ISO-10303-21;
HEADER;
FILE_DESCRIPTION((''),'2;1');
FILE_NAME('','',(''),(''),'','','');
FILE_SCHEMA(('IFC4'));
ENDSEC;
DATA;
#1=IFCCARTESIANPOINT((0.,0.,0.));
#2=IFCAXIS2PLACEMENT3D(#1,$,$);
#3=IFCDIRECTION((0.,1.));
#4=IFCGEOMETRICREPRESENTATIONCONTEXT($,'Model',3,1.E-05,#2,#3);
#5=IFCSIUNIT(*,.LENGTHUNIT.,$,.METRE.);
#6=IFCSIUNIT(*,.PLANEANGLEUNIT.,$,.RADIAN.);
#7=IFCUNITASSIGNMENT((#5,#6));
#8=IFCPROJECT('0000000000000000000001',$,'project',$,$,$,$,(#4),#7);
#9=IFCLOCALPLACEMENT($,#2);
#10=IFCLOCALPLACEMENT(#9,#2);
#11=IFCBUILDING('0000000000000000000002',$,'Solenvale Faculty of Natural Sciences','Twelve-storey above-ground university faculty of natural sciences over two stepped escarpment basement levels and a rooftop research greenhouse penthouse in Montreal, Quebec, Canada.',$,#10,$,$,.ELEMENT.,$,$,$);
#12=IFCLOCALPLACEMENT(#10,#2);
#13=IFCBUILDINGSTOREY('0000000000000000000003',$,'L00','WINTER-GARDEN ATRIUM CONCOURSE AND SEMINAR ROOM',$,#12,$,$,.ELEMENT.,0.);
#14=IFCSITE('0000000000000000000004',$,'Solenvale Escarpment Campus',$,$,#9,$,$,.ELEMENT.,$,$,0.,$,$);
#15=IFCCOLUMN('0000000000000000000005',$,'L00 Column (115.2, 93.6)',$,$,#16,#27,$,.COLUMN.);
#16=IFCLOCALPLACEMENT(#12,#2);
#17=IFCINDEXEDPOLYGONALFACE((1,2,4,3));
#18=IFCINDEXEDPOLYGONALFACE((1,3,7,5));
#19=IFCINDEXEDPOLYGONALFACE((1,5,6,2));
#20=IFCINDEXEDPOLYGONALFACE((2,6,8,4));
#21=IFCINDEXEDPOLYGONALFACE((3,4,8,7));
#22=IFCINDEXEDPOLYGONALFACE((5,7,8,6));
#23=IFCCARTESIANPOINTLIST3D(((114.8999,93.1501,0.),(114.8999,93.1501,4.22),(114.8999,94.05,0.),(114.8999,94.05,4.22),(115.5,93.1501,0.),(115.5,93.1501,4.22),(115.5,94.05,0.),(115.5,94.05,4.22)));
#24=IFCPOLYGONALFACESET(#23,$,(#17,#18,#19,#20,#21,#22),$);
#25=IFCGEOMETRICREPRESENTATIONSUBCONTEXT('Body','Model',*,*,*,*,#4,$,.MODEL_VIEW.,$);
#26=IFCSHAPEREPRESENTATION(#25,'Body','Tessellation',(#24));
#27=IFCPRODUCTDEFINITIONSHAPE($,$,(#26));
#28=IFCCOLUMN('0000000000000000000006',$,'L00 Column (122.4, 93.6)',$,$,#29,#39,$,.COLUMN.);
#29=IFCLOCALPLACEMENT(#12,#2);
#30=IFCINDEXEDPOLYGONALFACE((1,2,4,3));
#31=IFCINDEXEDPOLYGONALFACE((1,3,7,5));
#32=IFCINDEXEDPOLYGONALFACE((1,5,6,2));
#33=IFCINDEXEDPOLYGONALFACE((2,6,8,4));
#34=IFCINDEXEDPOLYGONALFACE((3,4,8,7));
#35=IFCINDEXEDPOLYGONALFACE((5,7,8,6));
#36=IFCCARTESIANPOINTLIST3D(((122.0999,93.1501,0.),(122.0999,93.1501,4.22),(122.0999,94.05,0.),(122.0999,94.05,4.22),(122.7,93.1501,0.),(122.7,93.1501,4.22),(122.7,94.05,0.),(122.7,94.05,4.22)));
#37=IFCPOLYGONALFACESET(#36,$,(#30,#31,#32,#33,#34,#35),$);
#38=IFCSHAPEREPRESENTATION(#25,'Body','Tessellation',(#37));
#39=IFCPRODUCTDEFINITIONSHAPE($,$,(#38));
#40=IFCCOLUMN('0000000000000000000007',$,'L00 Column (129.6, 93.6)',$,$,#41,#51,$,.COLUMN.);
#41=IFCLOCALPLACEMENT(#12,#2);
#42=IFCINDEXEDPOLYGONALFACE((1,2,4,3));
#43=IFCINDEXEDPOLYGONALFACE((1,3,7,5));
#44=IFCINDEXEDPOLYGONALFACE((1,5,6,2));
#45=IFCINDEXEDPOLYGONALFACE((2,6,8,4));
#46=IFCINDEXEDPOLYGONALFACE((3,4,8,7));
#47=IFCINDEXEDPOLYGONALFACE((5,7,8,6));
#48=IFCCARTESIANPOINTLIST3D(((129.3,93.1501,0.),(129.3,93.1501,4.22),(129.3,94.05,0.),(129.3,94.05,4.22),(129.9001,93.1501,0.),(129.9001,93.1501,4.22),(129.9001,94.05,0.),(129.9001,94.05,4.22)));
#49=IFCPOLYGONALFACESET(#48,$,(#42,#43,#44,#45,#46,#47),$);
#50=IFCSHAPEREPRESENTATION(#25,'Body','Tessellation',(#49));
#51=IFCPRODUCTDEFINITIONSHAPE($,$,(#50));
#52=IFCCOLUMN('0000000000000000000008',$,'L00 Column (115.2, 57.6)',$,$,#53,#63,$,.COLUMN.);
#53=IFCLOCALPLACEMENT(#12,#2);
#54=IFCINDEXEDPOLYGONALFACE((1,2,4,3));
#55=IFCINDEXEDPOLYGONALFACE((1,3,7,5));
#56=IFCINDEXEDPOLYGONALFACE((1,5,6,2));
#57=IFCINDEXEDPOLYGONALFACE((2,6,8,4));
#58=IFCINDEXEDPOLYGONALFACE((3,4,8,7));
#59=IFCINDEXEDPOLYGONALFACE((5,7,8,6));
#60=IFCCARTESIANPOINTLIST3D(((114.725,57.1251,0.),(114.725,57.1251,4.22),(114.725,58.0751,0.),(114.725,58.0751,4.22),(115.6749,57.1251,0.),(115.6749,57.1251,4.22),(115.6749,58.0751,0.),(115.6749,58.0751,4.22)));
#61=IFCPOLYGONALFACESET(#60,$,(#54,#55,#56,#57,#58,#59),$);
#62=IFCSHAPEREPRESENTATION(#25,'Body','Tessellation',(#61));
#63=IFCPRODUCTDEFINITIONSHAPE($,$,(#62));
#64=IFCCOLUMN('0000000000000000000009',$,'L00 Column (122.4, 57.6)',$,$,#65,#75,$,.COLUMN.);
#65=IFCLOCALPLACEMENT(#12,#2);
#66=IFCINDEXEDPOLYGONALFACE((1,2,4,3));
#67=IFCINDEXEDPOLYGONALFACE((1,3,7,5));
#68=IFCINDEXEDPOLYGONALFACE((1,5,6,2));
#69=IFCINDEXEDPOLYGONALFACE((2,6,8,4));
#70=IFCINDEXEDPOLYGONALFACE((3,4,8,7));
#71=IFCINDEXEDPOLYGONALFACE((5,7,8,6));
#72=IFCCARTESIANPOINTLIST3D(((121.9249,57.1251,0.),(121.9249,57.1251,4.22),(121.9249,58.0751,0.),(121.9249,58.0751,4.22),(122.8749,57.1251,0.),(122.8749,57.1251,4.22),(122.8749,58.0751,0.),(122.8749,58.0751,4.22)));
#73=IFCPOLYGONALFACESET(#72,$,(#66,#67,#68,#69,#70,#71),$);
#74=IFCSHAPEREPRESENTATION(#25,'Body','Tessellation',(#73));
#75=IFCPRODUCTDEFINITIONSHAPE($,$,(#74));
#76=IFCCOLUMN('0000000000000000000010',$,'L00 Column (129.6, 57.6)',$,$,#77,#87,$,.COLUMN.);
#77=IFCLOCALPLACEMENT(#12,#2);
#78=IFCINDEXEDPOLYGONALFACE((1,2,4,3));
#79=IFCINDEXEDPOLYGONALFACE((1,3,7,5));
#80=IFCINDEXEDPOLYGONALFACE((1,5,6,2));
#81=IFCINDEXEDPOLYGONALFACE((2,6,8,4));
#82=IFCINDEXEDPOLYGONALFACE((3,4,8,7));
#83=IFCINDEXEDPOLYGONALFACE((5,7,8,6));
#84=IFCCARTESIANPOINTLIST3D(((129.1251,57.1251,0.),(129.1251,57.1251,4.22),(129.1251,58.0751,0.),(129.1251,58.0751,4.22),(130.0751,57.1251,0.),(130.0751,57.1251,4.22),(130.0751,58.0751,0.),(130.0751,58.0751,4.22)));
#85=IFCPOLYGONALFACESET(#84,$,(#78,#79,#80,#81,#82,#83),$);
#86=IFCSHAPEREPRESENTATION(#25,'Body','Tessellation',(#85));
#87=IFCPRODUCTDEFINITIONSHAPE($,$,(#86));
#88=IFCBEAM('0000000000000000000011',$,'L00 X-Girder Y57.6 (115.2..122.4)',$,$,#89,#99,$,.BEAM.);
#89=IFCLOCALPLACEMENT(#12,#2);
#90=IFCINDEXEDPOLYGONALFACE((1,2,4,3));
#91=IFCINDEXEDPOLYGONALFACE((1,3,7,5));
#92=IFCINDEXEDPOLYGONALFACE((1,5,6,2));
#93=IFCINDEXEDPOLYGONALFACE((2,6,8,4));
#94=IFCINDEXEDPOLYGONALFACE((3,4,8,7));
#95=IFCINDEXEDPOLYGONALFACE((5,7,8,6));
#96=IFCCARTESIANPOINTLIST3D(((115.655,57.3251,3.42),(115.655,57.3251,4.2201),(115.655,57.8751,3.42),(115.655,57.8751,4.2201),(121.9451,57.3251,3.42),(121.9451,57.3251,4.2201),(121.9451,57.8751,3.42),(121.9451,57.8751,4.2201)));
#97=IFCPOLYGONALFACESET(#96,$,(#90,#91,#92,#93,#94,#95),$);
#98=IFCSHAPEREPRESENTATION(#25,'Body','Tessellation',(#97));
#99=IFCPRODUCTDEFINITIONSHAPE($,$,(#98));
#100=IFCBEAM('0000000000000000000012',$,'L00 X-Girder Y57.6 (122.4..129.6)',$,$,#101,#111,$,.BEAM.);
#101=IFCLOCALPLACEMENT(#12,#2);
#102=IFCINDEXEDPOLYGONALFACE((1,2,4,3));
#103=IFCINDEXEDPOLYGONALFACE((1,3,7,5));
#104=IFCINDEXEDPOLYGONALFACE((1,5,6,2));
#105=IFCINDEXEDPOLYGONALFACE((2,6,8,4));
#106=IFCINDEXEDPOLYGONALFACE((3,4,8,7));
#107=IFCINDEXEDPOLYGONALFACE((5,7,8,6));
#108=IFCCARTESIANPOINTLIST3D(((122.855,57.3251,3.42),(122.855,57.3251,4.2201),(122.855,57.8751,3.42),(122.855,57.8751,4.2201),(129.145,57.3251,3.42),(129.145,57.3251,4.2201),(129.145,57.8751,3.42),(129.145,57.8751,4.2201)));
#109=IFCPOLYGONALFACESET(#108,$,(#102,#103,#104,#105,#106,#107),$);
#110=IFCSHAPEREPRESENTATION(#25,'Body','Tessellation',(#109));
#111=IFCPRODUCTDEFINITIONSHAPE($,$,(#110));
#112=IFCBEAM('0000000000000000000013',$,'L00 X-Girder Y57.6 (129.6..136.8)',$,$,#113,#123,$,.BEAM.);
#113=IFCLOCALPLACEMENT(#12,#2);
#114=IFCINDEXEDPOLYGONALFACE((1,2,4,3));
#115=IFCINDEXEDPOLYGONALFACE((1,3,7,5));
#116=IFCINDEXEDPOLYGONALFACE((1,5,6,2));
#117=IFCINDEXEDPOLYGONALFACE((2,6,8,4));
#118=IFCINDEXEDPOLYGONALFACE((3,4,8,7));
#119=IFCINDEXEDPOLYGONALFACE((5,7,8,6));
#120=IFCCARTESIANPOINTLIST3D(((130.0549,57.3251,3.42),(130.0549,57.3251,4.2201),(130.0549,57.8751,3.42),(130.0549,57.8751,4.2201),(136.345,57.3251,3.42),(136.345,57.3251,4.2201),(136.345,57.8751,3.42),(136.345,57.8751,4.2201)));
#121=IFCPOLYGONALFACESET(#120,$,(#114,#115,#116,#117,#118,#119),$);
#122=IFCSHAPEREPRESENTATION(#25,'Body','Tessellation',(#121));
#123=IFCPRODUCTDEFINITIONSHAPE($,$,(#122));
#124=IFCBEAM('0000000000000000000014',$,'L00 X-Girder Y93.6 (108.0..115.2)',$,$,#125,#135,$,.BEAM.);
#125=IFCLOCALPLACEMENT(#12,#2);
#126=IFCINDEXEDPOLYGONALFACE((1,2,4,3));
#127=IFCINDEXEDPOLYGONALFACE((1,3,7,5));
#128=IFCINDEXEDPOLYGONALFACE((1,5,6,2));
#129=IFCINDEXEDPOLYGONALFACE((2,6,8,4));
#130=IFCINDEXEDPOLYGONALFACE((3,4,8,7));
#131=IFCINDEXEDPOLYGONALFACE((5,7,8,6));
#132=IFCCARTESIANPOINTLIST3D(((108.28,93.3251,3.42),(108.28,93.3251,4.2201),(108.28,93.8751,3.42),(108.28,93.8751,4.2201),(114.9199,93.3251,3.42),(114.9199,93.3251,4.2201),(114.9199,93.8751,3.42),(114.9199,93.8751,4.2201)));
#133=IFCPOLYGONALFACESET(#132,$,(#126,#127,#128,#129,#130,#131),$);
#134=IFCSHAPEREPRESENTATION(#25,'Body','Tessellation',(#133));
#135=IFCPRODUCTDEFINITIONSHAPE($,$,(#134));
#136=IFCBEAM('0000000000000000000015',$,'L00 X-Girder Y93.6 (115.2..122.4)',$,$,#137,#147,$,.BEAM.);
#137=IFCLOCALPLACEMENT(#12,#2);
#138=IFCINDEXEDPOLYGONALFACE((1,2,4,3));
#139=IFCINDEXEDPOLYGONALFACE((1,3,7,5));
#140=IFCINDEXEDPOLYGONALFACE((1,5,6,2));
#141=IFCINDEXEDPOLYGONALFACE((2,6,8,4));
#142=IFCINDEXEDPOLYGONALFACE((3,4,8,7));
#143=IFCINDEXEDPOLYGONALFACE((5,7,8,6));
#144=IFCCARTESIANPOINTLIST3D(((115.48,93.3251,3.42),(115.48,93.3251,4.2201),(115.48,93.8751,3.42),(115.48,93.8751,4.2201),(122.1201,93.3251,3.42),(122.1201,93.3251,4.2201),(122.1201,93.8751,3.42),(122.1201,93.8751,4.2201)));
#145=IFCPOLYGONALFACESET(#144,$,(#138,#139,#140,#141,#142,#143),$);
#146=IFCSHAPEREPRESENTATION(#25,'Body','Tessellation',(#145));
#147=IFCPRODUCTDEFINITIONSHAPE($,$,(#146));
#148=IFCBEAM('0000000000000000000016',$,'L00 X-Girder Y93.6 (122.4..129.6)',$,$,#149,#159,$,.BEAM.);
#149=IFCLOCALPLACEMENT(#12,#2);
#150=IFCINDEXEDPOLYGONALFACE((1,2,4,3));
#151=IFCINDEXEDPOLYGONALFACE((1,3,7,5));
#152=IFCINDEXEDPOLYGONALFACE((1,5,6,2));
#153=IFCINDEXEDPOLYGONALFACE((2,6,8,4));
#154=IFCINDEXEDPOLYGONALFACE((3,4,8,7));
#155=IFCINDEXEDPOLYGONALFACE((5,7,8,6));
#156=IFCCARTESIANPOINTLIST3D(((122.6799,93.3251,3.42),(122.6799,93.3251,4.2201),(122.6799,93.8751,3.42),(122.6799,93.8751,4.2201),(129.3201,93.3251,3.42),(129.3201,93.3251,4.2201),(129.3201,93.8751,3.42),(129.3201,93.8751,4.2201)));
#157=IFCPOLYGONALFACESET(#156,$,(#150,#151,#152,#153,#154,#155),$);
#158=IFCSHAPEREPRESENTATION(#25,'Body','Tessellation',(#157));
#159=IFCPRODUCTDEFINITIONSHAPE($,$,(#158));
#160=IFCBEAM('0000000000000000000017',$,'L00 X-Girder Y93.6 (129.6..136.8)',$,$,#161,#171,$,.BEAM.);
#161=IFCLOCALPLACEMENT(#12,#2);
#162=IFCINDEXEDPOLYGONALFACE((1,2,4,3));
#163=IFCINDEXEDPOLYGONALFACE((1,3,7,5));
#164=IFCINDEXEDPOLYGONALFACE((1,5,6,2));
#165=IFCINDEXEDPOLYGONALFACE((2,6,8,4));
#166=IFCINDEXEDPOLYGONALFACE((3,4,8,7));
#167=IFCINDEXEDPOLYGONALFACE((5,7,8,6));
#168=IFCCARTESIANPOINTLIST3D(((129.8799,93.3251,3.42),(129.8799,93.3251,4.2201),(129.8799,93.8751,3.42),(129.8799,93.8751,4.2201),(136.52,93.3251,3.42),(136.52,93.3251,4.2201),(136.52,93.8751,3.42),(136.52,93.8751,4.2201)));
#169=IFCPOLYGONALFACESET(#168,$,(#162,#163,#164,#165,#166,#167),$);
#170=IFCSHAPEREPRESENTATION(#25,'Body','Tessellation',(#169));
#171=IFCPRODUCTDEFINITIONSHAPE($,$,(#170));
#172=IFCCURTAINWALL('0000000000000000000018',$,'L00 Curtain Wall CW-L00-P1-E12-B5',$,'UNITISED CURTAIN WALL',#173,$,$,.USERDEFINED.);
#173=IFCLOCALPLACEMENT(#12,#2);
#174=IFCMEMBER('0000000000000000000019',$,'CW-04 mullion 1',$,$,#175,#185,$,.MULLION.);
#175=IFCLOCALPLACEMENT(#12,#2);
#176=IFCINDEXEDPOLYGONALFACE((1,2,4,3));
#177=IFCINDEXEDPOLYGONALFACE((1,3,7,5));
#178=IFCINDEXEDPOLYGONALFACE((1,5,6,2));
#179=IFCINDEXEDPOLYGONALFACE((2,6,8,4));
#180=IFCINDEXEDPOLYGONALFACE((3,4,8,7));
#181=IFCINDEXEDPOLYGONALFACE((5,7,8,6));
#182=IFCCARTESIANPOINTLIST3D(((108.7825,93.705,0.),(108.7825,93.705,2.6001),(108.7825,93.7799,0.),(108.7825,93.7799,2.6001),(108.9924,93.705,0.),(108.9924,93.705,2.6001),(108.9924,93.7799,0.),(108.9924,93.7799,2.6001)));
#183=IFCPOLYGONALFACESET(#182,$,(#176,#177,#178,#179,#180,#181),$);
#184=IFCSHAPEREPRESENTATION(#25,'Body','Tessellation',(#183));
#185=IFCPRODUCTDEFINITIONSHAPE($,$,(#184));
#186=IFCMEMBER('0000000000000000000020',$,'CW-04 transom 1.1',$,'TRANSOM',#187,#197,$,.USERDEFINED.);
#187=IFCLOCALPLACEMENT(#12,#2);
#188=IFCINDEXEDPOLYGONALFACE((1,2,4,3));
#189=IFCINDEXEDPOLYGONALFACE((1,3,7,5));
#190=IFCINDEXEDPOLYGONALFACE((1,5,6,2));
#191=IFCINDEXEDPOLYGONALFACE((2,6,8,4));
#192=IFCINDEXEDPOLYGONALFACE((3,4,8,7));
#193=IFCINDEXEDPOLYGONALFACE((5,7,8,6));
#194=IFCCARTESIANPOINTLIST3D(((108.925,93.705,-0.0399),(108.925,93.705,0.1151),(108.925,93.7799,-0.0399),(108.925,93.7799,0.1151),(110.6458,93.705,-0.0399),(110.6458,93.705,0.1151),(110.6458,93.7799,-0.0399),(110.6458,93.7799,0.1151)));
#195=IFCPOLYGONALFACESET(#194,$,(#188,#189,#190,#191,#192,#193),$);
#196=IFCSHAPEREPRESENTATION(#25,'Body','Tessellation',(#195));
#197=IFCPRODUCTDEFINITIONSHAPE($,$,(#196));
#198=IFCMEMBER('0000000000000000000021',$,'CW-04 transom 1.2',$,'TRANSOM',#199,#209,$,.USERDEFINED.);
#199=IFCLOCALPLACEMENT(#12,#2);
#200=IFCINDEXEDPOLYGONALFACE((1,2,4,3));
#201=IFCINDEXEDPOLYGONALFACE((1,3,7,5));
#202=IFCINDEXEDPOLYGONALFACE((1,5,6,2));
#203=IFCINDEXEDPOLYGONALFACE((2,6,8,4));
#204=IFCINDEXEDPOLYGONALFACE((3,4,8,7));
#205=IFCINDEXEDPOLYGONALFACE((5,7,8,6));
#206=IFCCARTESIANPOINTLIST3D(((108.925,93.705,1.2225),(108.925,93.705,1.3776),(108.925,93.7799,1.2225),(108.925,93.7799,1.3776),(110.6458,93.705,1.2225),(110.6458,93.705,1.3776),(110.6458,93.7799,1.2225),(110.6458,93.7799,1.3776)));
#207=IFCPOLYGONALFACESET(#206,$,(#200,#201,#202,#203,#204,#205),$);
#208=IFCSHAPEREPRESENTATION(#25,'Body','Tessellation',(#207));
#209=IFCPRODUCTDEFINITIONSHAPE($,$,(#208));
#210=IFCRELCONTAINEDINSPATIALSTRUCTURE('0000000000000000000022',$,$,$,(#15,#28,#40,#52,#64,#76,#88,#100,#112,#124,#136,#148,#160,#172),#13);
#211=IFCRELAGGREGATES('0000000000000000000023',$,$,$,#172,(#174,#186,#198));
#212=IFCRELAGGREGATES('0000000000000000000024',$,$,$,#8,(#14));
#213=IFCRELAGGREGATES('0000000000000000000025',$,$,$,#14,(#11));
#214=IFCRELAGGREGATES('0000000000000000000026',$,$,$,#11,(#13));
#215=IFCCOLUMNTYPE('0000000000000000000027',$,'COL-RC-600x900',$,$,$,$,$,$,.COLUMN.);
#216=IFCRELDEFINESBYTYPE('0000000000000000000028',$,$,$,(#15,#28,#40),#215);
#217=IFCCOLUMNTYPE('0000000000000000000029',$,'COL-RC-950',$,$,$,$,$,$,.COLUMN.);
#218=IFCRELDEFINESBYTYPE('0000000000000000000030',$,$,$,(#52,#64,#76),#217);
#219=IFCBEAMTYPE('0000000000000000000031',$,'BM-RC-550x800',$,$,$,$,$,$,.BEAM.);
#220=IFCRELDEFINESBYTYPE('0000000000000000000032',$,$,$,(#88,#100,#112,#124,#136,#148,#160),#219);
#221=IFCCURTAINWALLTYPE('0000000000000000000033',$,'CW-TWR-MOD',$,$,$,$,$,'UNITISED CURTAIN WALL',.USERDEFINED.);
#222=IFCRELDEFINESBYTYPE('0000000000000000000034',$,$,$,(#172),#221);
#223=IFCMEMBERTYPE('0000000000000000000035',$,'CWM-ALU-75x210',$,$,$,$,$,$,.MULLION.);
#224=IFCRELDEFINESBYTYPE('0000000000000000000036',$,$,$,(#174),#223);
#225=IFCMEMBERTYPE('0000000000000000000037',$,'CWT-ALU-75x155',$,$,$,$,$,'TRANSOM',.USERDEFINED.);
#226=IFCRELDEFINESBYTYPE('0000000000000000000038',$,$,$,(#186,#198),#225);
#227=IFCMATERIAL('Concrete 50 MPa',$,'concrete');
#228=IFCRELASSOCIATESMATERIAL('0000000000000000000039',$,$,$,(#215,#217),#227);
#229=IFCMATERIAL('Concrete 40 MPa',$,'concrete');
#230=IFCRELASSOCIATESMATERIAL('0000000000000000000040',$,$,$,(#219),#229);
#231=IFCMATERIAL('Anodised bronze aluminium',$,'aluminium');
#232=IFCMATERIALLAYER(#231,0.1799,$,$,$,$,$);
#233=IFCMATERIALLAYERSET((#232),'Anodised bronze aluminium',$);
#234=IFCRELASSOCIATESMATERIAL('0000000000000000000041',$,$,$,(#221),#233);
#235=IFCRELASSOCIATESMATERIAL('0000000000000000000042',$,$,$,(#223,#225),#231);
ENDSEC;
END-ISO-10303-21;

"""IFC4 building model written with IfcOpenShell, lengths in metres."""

from ifc_helpers import new_model, si_unit, direction, frame, origin, origin_2d, place, context, subcontext, project, spatial, rectangle, extrude, material, layer, layer_set, material_profile, profile_set, type_object, element, aggregate, save


model = new_model("IFC4")

# Units and contexts
model_context = context("Model", 3, precision=1e-05, world=origin(), true_north=direction((0.0, 1.0)))
body_context = subcontext(model_context, "Body", "Model", "MODEL_VIEW")
ifc_project = project(units=[si_unit("LENGTHUNIT", "METRE"), si_unit("PLANEANGLEUNIT", "RADIAN")], contexts=[model_context])

# Site, building, storey
site_placement = place(None, origin())
site = spatial("IfcSite", under=ifc_project, at=site_placement, Name="Solenvale Escarpment Campus", CompositionType="ELEMENT", RefElevation=0.0)
building_placement = place(site_placement, origin())
building = spatial("IfcBuilding", under=site, at=building_placement, Name="Solenvale Faculty of Natural Sciences", Description="Twelve-storey above-ground university faculty of natural sciences over two stepped escarpment basement levels and a rooftop research greenhouse penthouse in Montreal, Quebec, Canada.", CompositionType="ELEMENT")
storey_placement = place(building_placement, origin())
storey = spatial("IfcBuildingStorey", under=building, at=storey_placement, Name="L00", Description="WINTER-GARDEN ATRIUM CONCOURSE AND SEMINAR ROOM", CompositionType="ELEMENT", Elevation=0.0)

# Columns
ifc_material_1 = material(Name="Concrete 50 MPa", Category="concrete")
ifc_material_profile_1 = material_profile(ifc_material_1, rectangle(XDim=0.6001, YDim=0.8999, at=origin_2d()), Name="RC-COL-600x900")
ifc_profile_set_1 = profile_set([ifc_material_profile_1], Name="Concrete 50 MPa")
column_type_1 = type_object("IfcColumnType", Name="COL-RC-600x900", PredefinedType="COLUMN", material=ifc_profile_set_1)
for number, where, z_axis, x_axis, name in (
    (1, (115.2, 93.6001, 0.0), (0.0, 0.0, 1.0), (1.0, 0.0, 0.0), "L00 Column (115.2, 93.6)"),
    (2, (122.3999, 93.6001, 0.0), (0.0, 0.0, 1.0), (1.0, 0.0, 0.0), "L00 Column (122.4, 93.6)"),
    (3, (129.6001, 93.6001, 0.0), (0.0, 0.0, 1.0), (1.0, 0.0, 0.0), "L00 Column (129.6, 93.6)"),
):
    element("IfcColumn", number, at=place(storey_placement, frame(where, z_axis=z_axis, x_axis=x_axis)), inside=storey, type_object=column_type_1, Name=name, PredefinedType="COLUMN", context=body_context, shape_type="SweptSolid", body=[
        extrude(rectangle(XDim=0.6001, YDim=0.8999, at=origin_2d()), origin(), (0.0, 0.0, 1.0), 4.22),
    ])
ifc_material_profile_2 = material_profile(ifc_material_1, rectangle(XDim=0.95, YDim=0.95, at=origin_2d()), Name="RC-COL-950x950")
ifc_profile_set_2 = profile_set([ifc_material_profile_2], Name="Concrete 50 MPa")
column_type_2 = type_object("IfcColumnType", Name="COL-RC-950", PredefinedType="COLUMN", material=ifc_profile_set_2)
for number, where, z_axis, x_axis, name in (
    (4, (115.2, 57.6001, 0.0), (0.0, 0.0, 1.0), (1.0, 0.0, 0.0), "L00 Column (115.2, 57.6)"),
    (5, (122.3999, 57.6001, 0.0), (0.0, 0.0, 1.0), (1.0, 0.0, 0.0), "L00 Column (122.4, 57.6)"),
    (6, (129.6001, 57.6001, 0.0), (0.0, 0.0, 1.0), (1.0, 0.0, 0.0), "L00 Column (129.6, 57.6)"),
):
    element("IfcColumn", number, at=place(storey_placement, frame(where, z_axis=z_axis, x_axis=x_axis)), inside=storey, type_object=column_type_2, Name=name, PredefinedType="COLUMN", context=body_context, shape_type="SweptSolid", body=[
        extrude(rectangle(XDim=0.95, YDim=0.95, at=origin_2d()), origin(), (0.0, 0.0, 1.0), 4.22),
    ])

# Beams
ifc_material_2 = material(Name="Concrete 40 MPa", Category="concrete")
ifc_material_profile_3 = material_profile(ifc_material_2, rectangle(XDim=0.55, YDim=0.8, at=origin_2d()), Name="RC-BM-550x800")
ifc_profile_set_3 = profile_set([ifc_material_profile_3], Name="Concrete 40 MPa")
beam_type = type_object("IfcBeamType", Name="BM-RC-550x800", PredefinedType="BEAM", material=ifc_profile_set_3)
for number, where, z_axis, x_axis, name in (
    (7, (115.655, 57.6001, 3.8201), (1.0, 0.0, 0.0), (0.0, 1.0, 0.0), "L00 X-Girder Y57.6 (115.2..122.4)"),
    (8, (122.855, 57.6001, 3.8201), (1.0, 0.0, 0.0), (0.0, 1.0, 0.0), "L00 X-Girder Y57.6 (122.4..129.6)"),
    (9, (130.0549, 57.6001, 3.8201), (1.0, 0.0, 0.0), (0.0, 1.0, 0.0), "L00 X-Girder Y57.6 (129.6..136.8)"),
):
    element("IfcBeam", number, at=place(storey_placement, frame(where, z_axis=z_axis, x_axis=x_axis)), inside=storey, type_object=beam_type, Name=name, PredefinedType="BEAM", context=body_context, shape_type="SweptSolid", body=[
        extrude(rectangle(XDim=0.55, YDim=0.8, at=origin_2d()), origin(), (0.0, 0.0, 1.0), 6.29),
    ])
beam_placement = place(storey_placement, frame((108.28, 93.6001, 3.8201), z_axis=(1.0, 0.0, 0.0), x_axis=(0.0, 1.0, 0.0)))
element("IfcBeam", 10, at=beam_placement, inside=storey, type_object=beam_type, Name="L00 X-Girder Y93.6 (108.0..115.2)", PredefinedType="BEAM", context=body_context, shape_type="SweptSolid", body=[
    extrude(rectangle(XDim=0.55, YDim=0.8, at=origin_2d()), origin(), (0.0, 0.0, 1.0), 6.6399),
])
for number, where, z_axis, x_axis, name in (
    (11, (115.48, 93.6001, 3.8201), (1.0, 0.0, 0.0), (0.0, 1.0, 0.0), "L00 X-Girder Y93.6 (115.2..122.4)"),
    (12, (122.6799, 93.6001, 3.8201), (1.0, 0.0, 0.0), (0.0, 1.0, 0.0), "L00 X-Girder Y93.6 (122.4..129.6)"),
    (13, (129.8799, 93.6001, 3.8201), (1.0, 0.0, 0.0), (0.0, 1.0, 0.0), "L00 X-Girder Y93.6 (129.6..136.8)"),
):
    element("IfcBeam", number, at=place(storey_placement, frame(where, z_axis=z_axis, x_axis=x_axis)), inside=storey, type_object=beam_type, Name=name, PredefinedType="BEAM", context=body_context, shape_type="SweptSolid", body=[
        extrude(rectangle(XDim=0.55, YDim=0.8, at=origin_2d()), origin(), (0.0, 0.0, 1.0), 6.6401),
    ])

# Curtain wall, members
ifc_material_3 = material(Name="Anodised bronze aluminium", Category="aluminium")
ifc_layer_1 = layer(ifc_material_3, 0.1799)
ifc_layer_set_1 = layer_set([ifc_layer_1], Name="Anodised bronze aluminium")
curtain_wall_type = type_object("IfcCurtainWallType", Name="CW-TWR-MOD", ElementType="UNITISED CURTAIN WALL", PredefinedType="USERDEFINED", material=ifc_layer_set_1)
curtain_wall_placement = place(storey_placement, origin())
curtain_wall = element("IfcCurtainWall", 14, at=curtain_wall_placement, inside=storey, type_object=curtain_wall_type, Name="L00 Curtain Wall CW-L00-P1-E12-B5", ObjectType="UNITISED CURTAIN WALL", PredefinedType="USERDEFINED")
ifc_material_profile_4 = material_profile(ifc_material_3, rectangle(XDim=0.075, YDim=0.21, at=origin_2d()), Name="ALU-MUL-75x210")
ifc_profile_set_4 = profile_set([ifc_material_profile_4], Name="Anodised bronze aluminium")
member_type_1 = type_object("IfcMemberType", Name="CWM-ALU-75x210", PredefinedType="MULLION", material=ifc_profile_set_4)
member_1_placement = place(storey_placement, frame((108.8875, 93.7424, 0.0), z_axis=(0.0, 0.0, 1.0), x_axis=(0.0, 1.0, 0.0)))
member_1 = element("IfcMember", 15, at=member_1_placement, type_object=member_type_1, Name="CW-04 mullion 1", PredefinedType="MULLION", context=body_context, shape_type="SweptSolid", body=[
    extrude(rectangle(XDim=0.075, YDim=0.21, at=origin_2d()), origin(), (0.0, 0.0, 1.0), 2.6001),
])
ifc_material_profile_5 = material_profile(ifc_material_3, rectangle(XDim=0.075, YDim=0.155, at=origin_2d()), Name="ALU-TRN-75x155")
ifc_profile_set_5 = profile_set([ifc_material_profile_5], Name="Anodised bronze aluminium")
member_type_2 = type_object("IfcMemberType", Name="CWT-ALU-75x155", ElementType="TRANSOM", PredefinedType="USERDEFINED", material=ifc_profile_set_5)
member_2_placement = place(storey_placement, frame((108.925, 93.7424, 0.0376), z_axis=(1.0, 0.0, 0.0), x_axis=(0.0, 1.0, 0.0)))
member_2 = element("IfcMember", 16, at=member_2_placement, type_object=member_type_2, Name="CW-04 transom 1.1", ObjectType="TRANSOM", PredefinedType="USERDEFINED", context=body_context, shape_type="SweptSolid", body=[
    extrude(rectangle(XDim=0.075, YDim=0.155, at=origin_2d()), origin(), (0.0, 0.0, 1.0), 1.7207),
])
member_3_placement = place(storey_placement, frame((108.925, 93.7424, 1.3), z_axis=(1.0, 0.0, 0.0), x_axis=(0.0, 1.0, 0.0)))
member_3 = element("IfcMember", 17, at=member_3_placement, type_object=member_type_2, Name="CW-04 transom 1.2", ObjectType="TRANSOM", PredefinedType="USERDEFINED", context=body_context, shape_type="SweptSolid", body=[
    extrude(rectangle(XDim=0.075, YDim=0.155, at=origin_2d()), origin(), (0.0, 0.0, 1.0), 1.7207),
])
aggregate(curtain_wall, [member_1, member_2, member_3])

save(model, "model.ifc")
